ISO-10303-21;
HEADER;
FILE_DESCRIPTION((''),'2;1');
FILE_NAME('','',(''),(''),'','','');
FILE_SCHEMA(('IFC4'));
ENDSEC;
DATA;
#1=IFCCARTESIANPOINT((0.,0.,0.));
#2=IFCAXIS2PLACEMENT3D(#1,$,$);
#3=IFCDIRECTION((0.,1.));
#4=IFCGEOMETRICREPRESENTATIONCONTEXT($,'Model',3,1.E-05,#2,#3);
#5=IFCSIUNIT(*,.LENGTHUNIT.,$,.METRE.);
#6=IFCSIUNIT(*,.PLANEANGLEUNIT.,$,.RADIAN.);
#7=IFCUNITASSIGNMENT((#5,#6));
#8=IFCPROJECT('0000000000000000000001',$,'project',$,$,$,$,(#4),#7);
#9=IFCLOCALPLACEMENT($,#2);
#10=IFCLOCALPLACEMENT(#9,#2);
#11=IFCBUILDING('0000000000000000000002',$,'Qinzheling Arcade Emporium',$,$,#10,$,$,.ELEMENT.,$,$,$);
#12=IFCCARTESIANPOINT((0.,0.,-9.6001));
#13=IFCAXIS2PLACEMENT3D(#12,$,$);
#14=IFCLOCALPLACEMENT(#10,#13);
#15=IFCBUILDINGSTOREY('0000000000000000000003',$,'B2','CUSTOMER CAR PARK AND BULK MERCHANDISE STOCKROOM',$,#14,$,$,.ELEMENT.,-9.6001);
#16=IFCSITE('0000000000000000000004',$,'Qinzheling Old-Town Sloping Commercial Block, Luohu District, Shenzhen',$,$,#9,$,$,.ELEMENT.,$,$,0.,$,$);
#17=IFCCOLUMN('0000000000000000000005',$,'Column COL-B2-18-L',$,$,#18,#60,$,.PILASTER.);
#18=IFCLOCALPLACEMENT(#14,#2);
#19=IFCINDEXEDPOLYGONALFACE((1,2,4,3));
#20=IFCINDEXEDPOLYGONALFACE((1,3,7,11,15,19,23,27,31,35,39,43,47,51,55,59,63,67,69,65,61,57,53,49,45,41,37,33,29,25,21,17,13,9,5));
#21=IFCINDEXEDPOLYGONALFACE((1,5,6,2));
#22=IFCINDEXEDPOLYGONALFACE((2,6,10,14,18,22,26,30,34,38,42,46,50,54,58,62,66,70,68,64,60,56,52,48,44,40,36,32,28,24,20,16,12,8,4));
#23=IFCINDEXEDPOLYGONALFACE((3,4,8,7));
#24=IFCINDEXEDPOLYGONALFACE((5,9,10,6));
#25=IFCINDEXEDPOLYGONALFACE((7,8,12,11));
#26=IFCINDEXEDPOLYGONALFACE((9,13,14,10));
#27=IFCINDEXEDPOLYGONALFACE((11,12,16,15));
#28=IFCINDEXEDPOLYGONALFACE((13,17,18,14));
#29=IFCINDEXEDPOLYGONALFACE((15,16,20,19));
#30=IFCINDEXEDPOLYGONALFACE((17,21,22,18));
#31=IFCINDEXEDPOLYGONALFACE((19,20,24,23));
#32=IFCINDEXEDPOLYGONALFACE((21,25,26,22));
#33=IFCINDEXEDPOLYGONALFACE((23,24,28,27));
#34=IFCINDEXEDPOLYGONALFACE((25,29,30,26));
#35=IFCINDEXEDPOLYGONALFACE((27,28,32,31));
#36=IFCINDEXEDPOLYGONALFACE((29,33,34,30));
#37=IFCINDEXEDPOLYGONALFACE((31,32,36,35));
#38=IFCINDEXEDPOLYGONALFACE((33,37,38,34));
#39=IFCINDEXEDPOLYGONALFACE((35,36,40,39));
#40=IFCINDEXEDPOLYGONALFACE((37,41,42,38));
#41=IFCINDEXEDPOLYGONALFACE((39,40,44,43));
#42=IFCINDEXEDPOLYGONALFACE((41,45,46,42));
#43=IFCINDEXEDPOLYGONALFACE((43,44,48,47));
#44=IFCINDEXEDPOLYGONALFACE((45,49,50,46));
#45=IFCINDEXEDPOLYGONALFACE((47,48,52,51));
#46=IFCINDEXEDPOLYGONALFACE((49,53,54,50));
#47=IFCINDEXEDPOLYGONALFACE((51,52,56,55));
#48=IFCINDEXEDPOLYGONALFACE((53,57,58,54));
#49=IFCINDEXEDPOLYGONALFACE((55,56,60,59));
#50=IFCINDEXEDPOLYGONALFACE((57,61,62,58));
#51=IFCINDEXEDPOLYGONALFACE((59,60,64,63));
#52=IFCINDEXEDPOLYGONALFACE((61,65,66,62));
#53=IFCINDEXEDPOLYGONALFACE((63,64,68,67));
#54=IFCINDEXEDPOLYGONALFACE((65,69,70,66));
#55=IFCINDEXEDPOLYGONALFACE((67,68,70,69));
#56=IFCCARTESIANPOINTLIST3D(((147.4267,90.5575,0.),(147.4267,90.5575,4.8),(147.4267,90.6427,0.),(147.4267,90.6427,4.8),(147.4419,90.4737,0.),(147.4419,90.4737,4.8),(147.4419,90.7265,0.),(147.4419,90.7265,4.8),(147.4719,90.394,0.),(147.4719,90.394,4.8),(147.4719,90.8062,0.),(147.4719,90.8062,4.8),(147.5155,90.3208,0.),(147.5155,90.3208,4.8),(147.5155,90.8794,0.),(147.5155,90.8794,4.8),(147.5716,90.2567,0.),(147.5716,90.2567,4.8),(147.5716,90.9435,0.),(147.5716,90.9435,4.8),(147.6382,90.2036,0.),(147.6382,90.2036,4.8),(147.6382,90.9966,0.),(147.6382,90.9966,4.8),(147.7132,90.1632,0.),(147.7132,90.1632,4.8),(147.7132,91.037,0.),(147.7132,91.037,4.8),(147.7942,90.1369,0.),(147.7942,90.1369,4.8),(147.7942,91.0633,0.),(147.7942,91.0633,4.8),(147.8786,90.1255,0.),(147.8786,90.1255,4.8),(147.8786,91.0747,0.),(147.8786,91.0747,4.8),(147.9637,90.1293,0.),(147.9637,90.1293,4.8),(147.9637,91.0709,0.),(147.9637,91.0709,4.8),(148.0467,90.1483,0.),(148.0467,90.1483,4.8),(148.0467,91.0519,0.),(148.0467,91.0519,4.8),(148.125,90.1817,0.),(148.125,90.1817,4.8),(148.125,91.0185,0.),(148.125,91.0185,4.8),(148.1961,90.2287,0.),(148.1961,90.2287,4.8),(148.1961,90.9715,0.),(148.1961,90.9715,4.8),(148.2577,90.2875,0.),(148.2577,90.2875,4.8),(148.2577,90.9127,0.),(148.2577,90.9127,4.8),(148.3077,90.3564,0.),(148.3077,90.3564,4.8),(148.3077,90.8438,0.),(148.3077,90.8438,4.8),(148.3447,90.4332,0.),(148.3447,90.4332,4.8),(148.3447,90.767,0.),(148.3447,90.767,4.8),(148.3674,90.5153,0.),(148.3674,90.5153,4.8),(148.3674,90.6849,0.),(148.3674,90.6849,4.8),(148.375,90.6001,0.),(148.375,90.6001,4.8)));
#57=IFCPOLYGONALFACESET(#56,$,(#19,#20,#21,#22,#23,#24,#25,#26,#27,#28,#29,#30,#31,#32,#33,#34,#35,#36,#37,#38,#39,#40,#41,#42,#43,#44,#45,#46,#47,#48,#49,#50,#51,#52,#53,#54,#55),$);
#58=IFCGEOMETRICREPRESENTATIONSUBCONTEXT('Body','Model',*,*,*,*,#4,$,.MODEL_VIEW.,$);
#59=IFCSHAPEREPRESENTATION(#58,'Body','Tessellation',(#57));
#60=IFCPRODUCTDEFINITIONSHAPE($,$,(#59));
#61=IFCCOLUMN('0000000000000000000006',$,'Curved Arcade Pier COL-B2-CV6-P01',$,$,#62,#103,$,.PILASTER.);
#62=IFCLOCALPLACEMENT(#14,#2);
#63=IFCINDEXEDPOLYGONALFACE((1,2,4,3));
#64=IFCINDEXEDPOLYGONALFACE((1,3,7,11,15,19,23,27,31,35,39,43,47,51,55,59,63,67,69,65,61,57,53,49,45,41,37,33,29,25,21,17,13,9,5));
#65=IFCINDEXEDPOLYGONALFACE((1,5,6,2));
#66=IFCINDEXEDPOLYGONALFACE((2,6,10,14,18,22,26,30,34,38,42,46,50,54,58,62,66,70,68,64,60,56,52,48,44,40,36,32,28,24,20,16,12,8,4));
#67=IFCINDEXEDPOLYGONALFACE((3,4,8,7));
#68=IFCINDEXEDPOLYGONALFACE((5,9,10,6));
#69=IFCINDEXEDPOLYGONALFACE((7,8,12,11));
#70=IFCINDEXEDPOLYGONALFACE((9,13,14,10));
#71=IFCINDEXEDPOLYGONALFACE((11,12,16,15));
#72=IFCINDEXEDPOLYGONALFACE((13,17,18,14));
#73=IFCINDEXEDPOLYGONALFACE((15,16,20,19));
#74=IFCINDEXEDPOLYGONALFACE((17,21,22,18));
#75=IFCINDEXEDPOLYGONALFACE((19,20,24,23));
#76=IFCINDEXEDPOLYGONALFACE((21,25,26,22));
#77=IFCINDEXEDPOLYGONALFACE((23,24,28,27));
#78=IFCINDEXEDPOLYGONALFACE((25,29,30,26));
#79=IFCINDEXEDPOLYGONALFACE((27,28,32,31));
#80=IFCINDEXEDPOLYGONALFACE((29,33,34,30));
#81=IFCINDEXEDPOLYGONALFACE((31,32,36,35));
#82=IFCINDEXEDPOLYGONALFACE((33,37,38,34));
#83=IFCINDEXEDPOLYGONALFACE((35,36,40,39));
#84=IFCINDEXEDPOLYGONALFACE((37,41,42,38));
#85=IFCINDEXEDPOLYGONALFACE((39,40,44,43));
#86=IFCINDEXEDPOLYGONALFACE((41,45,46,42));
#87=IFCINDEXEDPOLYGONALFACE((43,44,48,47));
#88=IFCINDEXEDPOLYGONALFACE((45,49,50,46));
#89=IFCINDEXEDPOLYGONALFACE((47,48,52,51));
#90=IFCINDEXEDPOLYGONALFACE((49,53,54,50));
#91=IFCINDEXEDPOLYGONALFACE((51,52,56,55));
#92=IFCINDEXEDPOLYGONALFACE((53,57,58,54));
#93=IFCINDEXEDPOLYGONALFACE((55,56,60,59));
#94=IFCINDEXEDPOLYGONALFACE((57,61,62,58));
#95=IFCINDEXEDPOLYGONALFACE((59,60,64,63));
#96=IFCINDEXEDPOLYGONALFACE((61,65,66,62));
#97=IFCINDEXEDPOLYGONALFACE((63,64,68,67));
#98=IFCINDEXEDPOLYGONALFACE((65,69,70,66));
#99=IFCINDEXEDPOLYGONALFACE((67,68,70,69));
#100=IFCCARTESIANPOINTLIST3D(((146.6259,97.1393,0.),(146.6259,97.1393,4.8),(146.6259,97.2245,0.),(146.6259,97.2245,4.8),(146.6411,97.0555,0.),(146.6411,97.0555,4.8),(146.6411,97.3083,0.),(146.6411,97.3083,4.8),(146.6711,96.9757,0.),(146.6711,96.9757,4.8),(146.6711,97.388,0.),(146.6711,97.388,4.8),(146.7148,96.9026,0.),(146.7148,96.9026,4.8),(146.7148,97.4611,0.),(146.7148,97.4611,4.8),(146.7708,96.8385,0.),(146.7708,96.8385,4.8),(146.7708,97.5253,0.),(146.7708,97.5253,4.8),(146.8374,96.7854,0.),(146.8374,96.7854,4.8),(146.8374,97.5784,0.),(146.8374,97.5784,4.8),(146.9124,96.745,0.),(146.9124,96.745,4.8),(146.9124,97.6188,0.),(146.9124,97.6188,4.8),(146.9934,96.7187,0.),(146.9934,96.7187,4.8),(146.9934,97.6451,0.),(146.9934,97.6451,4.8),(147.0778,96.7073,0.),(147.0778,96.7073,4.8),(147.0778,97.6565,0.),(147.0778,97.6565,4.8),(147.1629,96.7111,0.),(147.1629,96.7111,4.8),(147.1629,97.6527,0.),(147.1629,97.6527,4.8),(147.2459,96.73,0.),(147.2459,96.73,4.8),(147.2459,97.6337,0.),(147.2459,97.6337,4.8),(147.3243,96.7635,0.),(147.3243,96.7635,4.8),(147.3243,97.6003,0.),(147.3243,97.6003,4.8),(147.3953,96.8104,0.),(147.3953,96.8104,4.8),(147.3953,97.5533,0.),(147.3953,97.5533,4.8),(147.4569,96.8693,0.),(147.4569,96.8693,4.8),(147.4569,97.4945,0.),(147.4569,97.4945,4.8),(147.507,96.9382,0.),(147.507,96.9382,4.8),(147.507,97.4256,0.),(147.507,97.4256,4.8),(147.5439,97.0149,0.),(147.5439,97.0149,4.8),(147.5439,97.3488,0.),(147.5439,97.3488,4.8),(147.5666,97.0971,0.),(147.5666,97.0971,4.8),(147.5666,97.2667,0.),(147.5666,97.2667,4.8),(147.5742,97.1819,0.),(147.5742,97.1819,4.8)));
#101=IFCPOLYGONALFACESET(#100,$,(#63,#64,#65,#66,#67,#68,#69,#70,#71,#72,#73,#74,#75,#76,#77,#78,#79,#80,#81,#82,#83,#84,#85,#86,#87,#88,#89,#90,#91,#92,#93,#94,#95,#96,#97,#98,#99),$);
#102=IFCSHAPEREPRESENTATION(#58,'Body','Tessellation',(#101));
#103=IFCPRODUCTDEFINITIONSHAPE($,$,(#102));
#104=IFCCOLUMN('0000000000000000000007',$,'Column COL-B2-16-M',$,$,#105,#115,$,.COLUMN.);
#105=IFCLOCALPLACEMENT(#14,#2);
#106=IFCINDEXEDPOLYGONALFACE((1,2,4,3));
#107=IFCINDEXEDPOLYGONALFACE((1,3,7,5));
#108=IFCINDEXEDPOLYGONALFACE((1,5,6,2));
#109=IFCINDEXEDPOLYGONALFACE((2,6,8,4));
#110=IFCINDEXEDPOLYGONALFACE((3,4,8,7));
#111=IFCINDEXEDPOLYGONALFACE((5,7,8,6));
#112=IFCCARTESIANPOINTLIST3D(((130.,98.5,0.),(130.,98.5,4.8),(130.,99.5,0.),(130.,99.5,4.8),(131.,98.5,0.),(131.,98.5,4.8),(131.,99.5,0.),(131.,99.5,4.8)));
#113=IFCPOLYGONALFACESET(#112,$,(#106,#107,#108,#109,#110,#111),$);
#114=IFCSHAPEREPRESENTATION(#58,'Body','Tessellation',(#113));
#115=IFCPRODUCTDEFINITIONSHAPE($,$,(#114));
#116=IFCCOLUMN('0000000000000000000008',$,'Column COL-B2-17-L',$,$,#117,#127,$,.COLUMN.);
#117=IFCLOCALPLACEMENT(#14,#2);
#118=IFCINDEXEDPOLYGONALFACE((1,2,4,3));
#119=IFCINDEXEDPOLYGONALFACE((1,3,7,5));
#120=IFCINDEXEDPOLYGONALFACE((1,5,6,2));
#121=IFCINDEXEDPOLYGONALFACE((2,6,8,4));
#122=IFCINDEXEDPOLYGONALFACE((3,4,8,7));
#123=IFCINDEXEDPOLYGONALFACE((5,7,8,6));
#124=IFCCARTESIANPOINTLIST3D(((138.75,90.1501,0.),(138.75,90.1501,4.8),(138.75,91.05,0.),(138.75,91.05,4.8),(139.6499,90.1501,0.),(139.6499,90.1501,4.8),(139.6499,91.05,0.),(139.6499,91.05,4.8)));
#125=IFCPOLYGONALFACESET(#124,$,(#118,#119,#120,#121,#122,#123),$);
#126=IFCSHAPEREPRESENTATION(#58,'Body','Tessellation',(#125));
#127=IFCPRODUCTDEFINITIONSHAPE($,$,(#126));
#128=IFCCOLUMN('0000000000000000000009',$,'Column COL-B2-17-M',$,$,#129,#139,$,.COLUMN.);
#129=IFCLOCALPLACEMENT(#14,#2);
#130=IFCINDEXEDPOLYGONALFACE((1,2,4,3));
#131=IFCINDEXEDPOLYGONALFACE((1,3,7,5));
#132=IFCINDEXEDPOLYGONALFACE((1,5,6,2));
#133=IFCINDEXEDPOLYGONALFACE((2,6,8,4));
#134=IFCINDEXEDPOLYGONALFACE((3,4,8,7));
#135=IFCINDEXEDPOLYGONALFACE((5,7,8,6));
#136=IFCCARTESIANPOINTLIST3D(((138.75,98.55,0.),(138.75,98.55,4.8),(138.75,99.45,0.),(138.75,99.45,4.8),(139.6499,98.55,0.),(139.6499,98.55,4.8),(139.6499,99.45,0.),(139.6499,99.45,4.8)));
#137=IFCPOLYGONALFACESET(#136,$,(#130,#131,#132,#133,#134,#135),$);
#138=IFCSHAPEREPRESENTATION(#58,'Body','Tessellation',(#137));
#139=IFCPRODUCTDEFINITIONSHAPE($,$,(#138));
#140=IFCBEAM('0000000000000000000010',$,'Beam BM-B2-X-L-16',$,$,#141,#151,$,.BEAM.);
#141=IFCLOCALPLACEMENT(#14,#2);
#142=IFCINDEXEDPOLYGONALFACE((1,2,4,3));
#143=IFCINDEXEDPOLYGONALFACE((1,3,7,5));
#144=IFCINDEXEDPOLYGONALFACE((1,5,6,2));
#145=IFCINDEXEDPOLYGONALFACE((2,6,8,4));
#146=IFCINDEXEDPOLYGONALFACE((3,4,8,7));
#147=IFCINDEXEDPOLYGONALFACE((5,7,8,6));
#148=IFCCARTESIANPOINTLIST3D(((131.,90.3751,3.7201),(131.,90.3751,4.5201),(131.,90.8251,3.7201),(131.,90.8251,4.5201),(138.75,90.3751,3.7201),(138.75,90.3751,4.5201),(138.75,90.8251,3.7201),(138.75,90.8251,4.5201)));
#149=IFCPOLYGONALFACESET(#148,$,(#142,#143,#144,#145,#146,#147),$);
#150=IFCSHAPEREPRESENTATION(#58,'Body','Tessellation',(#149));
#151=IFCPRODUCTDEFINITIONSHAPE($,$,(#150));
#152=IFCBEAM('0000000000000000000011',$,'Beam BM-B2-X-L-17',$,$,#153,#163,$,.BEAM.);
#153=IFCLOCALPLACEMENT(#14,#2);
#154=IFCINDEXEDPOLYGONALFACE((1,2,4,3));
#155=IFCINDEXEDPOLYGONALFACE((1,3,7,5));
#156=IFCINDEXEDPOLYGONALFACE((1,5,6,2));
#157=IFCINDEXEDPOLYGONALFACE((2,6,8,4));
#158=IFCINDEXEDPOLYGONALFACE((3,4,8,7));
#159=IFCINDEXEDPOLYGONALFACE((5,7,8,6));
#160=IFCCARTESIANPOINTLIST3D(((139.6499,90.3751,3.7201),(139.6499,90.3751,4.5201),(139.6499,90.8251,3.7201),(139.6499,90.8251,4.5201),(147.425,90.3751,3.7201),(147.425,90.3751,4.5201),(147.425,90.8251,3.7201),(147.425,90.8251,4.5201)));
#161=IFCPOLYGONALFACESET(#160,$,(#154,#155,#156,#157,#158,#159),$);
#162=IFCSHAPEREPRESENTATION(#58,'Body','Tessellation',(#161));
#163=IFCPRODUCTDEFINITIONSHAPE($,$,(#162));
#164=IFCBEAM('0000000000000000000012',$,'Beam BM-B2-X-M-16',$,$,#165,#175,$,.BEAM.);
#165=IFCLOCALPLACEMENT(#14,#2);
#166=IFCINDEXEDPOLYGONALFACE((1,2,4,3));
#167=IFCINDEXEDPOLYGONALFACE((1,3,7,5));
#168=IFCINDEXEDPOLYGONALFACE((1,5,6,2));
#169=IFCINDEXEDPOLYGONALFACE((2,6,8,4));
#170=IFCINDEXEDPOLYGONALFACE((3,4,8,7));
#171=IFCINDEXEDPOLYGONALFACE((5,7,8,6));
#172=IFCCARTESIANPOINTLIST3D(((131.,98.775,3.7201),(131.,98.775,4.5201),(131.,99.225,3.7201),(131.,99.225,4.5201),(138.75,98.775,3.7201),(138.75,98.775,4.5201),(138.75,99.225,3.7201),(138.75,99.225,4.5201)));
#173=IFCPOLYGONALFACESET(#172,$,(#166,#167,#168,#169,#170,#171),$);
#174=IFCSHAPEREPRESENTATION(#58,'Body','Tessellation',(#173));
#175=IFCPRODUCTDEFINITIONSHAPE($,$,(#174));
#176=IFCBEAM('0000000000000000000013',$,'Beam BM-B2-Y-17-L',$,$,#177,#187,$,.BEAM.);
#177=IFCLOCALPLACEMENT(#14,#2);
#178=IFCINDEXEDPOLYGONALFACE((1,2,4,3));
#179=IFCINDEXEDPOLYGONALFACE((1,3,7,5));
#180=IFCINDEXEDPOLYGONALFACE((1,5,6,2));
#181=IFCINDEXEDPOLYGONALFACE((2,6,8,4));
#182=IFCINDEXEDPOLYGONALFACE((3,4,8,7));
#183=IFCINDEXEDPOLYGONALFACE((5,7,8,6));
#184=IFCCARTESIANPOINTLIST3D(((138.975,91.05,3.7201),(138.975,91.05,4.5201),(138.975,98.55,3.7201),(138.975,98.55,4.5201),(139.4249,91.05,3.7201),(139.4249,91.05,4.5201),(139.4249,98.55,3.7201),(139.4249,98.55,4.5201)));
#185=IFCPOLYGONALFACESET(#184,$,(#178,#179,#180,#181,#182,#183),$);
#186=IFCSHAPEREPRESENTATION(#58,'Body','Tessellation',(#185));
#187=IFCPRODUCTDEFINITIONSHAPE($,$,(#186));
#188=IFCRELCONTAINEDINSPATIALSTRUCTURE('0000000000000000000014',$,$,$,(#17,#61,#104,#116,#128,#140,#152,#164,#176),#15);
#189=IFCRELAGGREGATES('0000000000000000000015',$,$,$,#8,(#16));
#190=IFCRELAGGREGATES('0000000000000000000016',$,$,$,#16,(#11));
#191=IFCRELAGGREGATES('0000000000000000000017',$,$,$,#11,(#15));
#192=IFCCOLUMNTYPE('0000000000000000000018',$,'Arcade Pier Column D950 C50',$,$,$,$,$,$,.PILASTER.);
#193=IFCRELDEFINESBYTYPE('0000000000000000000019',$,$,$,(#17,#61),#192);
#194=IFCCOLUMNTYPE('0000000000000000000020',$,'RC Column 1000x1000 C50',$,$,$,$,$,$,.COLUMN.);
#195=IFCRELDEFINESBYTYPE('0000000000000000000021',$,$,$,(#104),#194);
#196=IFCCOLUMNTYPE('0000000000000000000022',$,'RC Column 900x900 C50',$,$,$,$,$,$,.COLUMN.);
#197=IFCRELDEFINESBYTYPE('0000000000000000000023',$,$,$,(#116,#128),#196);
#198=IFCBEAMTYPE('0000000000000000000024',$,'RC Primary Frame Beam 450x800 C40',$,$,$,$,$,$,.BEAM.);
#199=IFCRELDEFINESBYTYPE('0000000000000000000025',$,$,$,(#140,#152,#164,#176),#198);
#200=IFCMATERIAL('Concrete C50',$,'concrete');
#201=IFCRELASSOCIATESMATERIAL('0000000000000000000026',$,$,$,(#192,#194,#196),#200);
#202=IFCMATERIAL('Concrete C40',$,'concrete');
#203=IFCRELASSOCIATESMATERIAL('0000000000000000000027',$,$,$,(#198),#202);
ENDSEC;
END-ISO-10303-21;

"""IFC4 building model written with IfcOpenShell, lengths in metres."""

from ifc_helpers import new_model, si_unit, direction, frame, origin, origin_2d, place, context, subcontext, project, spatial, rectangle, circle, extrude, material, material_profile, profile_set, type_object, element, save


model = new_model("IFC4")

# Units and contexts
model_context = context("Model", 3, precision=1e-05, world=origin(), true_north=direction((0.0, 1.0)))
body_context = subcontext(model_context, "Body", "Model", "MODEL_VIEW")
ifc_project = project(units=[si_unit("LENGTHUNIT", "METRE"), si_unit("PLANEANGLEUNIT", "RADIAN")], contexts=[model_context])

# Site, building, storey
site_placement = place(None, origin())
site = spatial("IfcSite", under=ifc_project, at=site_placement, Name="Qinzheling Old-Town Sloping Commercial Block, Luohu District, Shenzhen", CompositionType="ELEMENT", RefElevation=0.0)
building_placement = place(site_placement, origin())
building = spatial("IfcBuilding", under=site, at=building_placement, Name="Qinzheling Arcade Emporium", CompositionType="ELEMENT")
storey_placement = place(building_placement, frame((0.0, 0.0, -9.6001)))
storey = spatial("IfcBuildingStorey", under=building, at=storey_placement, Name="B2", Description="CUSTOMER CAR PARK AND BULK MERCHANDISE STOCKROOM", CompositionType="ELEMENT", Elevation=-9.6001)

# Shared definitions
ifc_material_1 = material(Name="Concrete C40", Category="concrete")

# Columns
ifc_material_2 = material(Name="Concrete C50", Category="concrete")
ifc_material_profile_1 = material_profile(ifc_material_2, circle(Radius=0.4751, at=origin_2d()), Name="RC D950", Category="concrete")
ifc_profile_set_1 = profile_set([ifc_material_profile_1], Name="Concrete C50")
column_type_1 = type_object("IfcColumnType", Name="Arcade Pier Column D950 C50", PredefinedType="PILASTER", material=ifc_profile_set_1)
for number, where, z_axis, x_axis, name in (
    (1, (147.8999, 90.6001, 0.0), (0.0, 0.0, 1.0), (1.0, 0.0, 0.0), "Column COL-B2-18-L"),
    (2, (147.0991, 97.1819, 0.0), (0.0, 0.0, 1.0), (1.0, 0.0, 0.0), "Curved Arcade Pier COL-B2-CV6-P01"),
):
    element("IfcColumn", number, at=place(storey_placement, frame(where, z_axis=z_axis, x_axis=x_axis)), inside=storey, type_object=column_type_1, Name=name, PredefinedType="PILASTER", context=body_context, shape_type="SweptSolid", body=[
        extrude(circle(Radius=0.4751, at=origin_2d()), origin(), (0.0, 0.0, 1.0), 4.8),
    ])
ifc_material_profile_2 = material_profile(ifc_material_2, rectangle(XDim=1.0, YDim=1.0, at=origin_2d()), Name="RC 1000x1000", Category="concrete")
ifc_profile_set_2 = profile_set([ifc_material_profile_2], Name="Concrete C50")
column_type_2 = type_object("IfcColumnType", Name="RC Column 1000x1000 C50", PredefinedType="COLUMN", material=ifc_profile_set_2)
column_placement = place(storey_placement, frame((130.5, 99.0, 0.0), z_axis=(0.0, 0.0, 1.0), x_axis=(1.0, 0.0, 0.0)))
element("IfcColumn", 3, at=column_placement, inside=storey, type_object=column_type_2, Name="Column COL-B2-16-M", PredefinedType="COLUMN", context=body_context, shape_type="SweptSolid", body=[
    extrude(rectangle(XDim=1.0, YDim=1.0, at=origin_2d()), origin(), (0.0, 0.0, 1.0), 4.8),
])
ifc_material_profile_3 = material_profile(ifc_material_2, rectangle(XDim=0.8999, YDim=0.8999, at=origin_2d()), Name="RC 900x900", Category="concrete")
ifc_profile_set_3 = profile_set([ifc_material_profile_3], Name="Concrete C50")
column_type_3 = type_object("IfcColumnType", Name="RC Column 900x900 C50", PredefinedType="COLUMN", material=ifc_profile_set_3)
for number, where, z_axis, x_axis, name in (
    (4, (139.2, 90.6001, 0.0), (0.0, 0.0, 1.0), (1.0, 0.0, 0.0), "Column COL-B2-17-L"),
    (5, (139.2, 99.0, 0.0), (0.0, 0.0, 1.0), (1.0, 0.0, 0.0), "Column COL-B2-17-M"),
):
    element("IfcColumn", number, at=place(storey_placement, frame(where, z_axis=z_axis, x_axis=x_axis)), inside=storey, type_object=column_type_3, Name=name, PredefinedType="COLUMN", context=body_context, shape_type="SweptSolid", body=[
        extrude(rectangle(XDim=0.8999, YDim=0.8999, at=origin_2d()), origin(), (0.0, 0.0, 1.0), 4.8),
    ])

# Beams
ifc_material_profile_4 = material_profile(ifc_material_1, rectangle(XDim=0.45, YDim=0.8, at=origin_2d()), Name="RC 450x800", Category="concrete")
ifc_profile_set_4 = profile_set([ifc_material_profile_4], Name="Concrete C40")
beam_type_1 = type_object("IfcBeamType", Name="RC Primary Frame Beam 450x800 C40", PredefinedType="BEAM", material=ifc_profile_set_4)
beam_1_placement = place(storey_placement, frame((131.0, 90.6001, 4.1201), z_axis=(1.0, 0.0, 0.0), x_axis=(0.0, 1.0, 0.0)))
element("IfcBeam", 6, at=beam_1_placement, inside=storey, type_object=beam_type_1, Name="Beam BM-B2-X-L-16", PredefinedType="BEAM", context=body_context, shape_type="SweptSolid", body=[
    extrude(rectangle(XDim=0.45, YDim=0.8, at=origin_2d()), origin(), (0.0, 0.0, 1.0), 7.75),
])
beam_2_placement = place(storey_placement, frame((139.6499, 90.6001, 4.1201), z_axis=(1.0, 0.0, 0.0), x_axis=(0.0, 1.0, 0.0)))
element("IfcBeam", 7, at=beam_2_placement, inside=storey, type_object=beam_type_1, Name="Beam BM-B2-X-L-17", PredefinedType="BEAM", context=body_context, shape_type="SweptSolid", body=[
    extrude(rectangle(XDim=0.45, YDim=0.8, at=origin_2d()), origin(), (0.0, 0.0, 1.0), 7.7751),
])
beam_3_placement = place(storey_placement, frame((131.0, 99.0, 4.1201), z_axis=(1.0, 0.0, 0.0), x_axis=(0.0, 1.0, 0.0)))
element("IfcBeam", 8, at=beam_3_placement, inside=storey, type_object=beam_type_1, Name="Beam BM-B2-X-M-16", PredefinedType="BEAM", context=body_context, shape_type="SweptSolid", body=[
    extrude(rectangle(XDim=0.45, YDim=0.8, at=origin_2d()), origin(), (0.0, 0.0, 1.0), 7.75),
])
beam_4_placement = place(storey_placement, frame((139.2, 91.05, 4.1201), z_axis=(0.0, 1.0, 0.0), x_axis=(-1.0, 0.0, 0.0)))
element("IfcBeam", 9, at=beam_4_placement, inside=storey, type_object=beam_type_1, Name="Beam BM-B2-Y-17-L", PredefinedType="BEAM", context=body_context, shape_type="SweptSolid", body=[
    extrude(rectangle(XDim=0.45, YDim=0.8, at=origin_2d()), origin(), (0.0, 0.0, 1.0), 7.5),
])

save(model, "model.ifc")
